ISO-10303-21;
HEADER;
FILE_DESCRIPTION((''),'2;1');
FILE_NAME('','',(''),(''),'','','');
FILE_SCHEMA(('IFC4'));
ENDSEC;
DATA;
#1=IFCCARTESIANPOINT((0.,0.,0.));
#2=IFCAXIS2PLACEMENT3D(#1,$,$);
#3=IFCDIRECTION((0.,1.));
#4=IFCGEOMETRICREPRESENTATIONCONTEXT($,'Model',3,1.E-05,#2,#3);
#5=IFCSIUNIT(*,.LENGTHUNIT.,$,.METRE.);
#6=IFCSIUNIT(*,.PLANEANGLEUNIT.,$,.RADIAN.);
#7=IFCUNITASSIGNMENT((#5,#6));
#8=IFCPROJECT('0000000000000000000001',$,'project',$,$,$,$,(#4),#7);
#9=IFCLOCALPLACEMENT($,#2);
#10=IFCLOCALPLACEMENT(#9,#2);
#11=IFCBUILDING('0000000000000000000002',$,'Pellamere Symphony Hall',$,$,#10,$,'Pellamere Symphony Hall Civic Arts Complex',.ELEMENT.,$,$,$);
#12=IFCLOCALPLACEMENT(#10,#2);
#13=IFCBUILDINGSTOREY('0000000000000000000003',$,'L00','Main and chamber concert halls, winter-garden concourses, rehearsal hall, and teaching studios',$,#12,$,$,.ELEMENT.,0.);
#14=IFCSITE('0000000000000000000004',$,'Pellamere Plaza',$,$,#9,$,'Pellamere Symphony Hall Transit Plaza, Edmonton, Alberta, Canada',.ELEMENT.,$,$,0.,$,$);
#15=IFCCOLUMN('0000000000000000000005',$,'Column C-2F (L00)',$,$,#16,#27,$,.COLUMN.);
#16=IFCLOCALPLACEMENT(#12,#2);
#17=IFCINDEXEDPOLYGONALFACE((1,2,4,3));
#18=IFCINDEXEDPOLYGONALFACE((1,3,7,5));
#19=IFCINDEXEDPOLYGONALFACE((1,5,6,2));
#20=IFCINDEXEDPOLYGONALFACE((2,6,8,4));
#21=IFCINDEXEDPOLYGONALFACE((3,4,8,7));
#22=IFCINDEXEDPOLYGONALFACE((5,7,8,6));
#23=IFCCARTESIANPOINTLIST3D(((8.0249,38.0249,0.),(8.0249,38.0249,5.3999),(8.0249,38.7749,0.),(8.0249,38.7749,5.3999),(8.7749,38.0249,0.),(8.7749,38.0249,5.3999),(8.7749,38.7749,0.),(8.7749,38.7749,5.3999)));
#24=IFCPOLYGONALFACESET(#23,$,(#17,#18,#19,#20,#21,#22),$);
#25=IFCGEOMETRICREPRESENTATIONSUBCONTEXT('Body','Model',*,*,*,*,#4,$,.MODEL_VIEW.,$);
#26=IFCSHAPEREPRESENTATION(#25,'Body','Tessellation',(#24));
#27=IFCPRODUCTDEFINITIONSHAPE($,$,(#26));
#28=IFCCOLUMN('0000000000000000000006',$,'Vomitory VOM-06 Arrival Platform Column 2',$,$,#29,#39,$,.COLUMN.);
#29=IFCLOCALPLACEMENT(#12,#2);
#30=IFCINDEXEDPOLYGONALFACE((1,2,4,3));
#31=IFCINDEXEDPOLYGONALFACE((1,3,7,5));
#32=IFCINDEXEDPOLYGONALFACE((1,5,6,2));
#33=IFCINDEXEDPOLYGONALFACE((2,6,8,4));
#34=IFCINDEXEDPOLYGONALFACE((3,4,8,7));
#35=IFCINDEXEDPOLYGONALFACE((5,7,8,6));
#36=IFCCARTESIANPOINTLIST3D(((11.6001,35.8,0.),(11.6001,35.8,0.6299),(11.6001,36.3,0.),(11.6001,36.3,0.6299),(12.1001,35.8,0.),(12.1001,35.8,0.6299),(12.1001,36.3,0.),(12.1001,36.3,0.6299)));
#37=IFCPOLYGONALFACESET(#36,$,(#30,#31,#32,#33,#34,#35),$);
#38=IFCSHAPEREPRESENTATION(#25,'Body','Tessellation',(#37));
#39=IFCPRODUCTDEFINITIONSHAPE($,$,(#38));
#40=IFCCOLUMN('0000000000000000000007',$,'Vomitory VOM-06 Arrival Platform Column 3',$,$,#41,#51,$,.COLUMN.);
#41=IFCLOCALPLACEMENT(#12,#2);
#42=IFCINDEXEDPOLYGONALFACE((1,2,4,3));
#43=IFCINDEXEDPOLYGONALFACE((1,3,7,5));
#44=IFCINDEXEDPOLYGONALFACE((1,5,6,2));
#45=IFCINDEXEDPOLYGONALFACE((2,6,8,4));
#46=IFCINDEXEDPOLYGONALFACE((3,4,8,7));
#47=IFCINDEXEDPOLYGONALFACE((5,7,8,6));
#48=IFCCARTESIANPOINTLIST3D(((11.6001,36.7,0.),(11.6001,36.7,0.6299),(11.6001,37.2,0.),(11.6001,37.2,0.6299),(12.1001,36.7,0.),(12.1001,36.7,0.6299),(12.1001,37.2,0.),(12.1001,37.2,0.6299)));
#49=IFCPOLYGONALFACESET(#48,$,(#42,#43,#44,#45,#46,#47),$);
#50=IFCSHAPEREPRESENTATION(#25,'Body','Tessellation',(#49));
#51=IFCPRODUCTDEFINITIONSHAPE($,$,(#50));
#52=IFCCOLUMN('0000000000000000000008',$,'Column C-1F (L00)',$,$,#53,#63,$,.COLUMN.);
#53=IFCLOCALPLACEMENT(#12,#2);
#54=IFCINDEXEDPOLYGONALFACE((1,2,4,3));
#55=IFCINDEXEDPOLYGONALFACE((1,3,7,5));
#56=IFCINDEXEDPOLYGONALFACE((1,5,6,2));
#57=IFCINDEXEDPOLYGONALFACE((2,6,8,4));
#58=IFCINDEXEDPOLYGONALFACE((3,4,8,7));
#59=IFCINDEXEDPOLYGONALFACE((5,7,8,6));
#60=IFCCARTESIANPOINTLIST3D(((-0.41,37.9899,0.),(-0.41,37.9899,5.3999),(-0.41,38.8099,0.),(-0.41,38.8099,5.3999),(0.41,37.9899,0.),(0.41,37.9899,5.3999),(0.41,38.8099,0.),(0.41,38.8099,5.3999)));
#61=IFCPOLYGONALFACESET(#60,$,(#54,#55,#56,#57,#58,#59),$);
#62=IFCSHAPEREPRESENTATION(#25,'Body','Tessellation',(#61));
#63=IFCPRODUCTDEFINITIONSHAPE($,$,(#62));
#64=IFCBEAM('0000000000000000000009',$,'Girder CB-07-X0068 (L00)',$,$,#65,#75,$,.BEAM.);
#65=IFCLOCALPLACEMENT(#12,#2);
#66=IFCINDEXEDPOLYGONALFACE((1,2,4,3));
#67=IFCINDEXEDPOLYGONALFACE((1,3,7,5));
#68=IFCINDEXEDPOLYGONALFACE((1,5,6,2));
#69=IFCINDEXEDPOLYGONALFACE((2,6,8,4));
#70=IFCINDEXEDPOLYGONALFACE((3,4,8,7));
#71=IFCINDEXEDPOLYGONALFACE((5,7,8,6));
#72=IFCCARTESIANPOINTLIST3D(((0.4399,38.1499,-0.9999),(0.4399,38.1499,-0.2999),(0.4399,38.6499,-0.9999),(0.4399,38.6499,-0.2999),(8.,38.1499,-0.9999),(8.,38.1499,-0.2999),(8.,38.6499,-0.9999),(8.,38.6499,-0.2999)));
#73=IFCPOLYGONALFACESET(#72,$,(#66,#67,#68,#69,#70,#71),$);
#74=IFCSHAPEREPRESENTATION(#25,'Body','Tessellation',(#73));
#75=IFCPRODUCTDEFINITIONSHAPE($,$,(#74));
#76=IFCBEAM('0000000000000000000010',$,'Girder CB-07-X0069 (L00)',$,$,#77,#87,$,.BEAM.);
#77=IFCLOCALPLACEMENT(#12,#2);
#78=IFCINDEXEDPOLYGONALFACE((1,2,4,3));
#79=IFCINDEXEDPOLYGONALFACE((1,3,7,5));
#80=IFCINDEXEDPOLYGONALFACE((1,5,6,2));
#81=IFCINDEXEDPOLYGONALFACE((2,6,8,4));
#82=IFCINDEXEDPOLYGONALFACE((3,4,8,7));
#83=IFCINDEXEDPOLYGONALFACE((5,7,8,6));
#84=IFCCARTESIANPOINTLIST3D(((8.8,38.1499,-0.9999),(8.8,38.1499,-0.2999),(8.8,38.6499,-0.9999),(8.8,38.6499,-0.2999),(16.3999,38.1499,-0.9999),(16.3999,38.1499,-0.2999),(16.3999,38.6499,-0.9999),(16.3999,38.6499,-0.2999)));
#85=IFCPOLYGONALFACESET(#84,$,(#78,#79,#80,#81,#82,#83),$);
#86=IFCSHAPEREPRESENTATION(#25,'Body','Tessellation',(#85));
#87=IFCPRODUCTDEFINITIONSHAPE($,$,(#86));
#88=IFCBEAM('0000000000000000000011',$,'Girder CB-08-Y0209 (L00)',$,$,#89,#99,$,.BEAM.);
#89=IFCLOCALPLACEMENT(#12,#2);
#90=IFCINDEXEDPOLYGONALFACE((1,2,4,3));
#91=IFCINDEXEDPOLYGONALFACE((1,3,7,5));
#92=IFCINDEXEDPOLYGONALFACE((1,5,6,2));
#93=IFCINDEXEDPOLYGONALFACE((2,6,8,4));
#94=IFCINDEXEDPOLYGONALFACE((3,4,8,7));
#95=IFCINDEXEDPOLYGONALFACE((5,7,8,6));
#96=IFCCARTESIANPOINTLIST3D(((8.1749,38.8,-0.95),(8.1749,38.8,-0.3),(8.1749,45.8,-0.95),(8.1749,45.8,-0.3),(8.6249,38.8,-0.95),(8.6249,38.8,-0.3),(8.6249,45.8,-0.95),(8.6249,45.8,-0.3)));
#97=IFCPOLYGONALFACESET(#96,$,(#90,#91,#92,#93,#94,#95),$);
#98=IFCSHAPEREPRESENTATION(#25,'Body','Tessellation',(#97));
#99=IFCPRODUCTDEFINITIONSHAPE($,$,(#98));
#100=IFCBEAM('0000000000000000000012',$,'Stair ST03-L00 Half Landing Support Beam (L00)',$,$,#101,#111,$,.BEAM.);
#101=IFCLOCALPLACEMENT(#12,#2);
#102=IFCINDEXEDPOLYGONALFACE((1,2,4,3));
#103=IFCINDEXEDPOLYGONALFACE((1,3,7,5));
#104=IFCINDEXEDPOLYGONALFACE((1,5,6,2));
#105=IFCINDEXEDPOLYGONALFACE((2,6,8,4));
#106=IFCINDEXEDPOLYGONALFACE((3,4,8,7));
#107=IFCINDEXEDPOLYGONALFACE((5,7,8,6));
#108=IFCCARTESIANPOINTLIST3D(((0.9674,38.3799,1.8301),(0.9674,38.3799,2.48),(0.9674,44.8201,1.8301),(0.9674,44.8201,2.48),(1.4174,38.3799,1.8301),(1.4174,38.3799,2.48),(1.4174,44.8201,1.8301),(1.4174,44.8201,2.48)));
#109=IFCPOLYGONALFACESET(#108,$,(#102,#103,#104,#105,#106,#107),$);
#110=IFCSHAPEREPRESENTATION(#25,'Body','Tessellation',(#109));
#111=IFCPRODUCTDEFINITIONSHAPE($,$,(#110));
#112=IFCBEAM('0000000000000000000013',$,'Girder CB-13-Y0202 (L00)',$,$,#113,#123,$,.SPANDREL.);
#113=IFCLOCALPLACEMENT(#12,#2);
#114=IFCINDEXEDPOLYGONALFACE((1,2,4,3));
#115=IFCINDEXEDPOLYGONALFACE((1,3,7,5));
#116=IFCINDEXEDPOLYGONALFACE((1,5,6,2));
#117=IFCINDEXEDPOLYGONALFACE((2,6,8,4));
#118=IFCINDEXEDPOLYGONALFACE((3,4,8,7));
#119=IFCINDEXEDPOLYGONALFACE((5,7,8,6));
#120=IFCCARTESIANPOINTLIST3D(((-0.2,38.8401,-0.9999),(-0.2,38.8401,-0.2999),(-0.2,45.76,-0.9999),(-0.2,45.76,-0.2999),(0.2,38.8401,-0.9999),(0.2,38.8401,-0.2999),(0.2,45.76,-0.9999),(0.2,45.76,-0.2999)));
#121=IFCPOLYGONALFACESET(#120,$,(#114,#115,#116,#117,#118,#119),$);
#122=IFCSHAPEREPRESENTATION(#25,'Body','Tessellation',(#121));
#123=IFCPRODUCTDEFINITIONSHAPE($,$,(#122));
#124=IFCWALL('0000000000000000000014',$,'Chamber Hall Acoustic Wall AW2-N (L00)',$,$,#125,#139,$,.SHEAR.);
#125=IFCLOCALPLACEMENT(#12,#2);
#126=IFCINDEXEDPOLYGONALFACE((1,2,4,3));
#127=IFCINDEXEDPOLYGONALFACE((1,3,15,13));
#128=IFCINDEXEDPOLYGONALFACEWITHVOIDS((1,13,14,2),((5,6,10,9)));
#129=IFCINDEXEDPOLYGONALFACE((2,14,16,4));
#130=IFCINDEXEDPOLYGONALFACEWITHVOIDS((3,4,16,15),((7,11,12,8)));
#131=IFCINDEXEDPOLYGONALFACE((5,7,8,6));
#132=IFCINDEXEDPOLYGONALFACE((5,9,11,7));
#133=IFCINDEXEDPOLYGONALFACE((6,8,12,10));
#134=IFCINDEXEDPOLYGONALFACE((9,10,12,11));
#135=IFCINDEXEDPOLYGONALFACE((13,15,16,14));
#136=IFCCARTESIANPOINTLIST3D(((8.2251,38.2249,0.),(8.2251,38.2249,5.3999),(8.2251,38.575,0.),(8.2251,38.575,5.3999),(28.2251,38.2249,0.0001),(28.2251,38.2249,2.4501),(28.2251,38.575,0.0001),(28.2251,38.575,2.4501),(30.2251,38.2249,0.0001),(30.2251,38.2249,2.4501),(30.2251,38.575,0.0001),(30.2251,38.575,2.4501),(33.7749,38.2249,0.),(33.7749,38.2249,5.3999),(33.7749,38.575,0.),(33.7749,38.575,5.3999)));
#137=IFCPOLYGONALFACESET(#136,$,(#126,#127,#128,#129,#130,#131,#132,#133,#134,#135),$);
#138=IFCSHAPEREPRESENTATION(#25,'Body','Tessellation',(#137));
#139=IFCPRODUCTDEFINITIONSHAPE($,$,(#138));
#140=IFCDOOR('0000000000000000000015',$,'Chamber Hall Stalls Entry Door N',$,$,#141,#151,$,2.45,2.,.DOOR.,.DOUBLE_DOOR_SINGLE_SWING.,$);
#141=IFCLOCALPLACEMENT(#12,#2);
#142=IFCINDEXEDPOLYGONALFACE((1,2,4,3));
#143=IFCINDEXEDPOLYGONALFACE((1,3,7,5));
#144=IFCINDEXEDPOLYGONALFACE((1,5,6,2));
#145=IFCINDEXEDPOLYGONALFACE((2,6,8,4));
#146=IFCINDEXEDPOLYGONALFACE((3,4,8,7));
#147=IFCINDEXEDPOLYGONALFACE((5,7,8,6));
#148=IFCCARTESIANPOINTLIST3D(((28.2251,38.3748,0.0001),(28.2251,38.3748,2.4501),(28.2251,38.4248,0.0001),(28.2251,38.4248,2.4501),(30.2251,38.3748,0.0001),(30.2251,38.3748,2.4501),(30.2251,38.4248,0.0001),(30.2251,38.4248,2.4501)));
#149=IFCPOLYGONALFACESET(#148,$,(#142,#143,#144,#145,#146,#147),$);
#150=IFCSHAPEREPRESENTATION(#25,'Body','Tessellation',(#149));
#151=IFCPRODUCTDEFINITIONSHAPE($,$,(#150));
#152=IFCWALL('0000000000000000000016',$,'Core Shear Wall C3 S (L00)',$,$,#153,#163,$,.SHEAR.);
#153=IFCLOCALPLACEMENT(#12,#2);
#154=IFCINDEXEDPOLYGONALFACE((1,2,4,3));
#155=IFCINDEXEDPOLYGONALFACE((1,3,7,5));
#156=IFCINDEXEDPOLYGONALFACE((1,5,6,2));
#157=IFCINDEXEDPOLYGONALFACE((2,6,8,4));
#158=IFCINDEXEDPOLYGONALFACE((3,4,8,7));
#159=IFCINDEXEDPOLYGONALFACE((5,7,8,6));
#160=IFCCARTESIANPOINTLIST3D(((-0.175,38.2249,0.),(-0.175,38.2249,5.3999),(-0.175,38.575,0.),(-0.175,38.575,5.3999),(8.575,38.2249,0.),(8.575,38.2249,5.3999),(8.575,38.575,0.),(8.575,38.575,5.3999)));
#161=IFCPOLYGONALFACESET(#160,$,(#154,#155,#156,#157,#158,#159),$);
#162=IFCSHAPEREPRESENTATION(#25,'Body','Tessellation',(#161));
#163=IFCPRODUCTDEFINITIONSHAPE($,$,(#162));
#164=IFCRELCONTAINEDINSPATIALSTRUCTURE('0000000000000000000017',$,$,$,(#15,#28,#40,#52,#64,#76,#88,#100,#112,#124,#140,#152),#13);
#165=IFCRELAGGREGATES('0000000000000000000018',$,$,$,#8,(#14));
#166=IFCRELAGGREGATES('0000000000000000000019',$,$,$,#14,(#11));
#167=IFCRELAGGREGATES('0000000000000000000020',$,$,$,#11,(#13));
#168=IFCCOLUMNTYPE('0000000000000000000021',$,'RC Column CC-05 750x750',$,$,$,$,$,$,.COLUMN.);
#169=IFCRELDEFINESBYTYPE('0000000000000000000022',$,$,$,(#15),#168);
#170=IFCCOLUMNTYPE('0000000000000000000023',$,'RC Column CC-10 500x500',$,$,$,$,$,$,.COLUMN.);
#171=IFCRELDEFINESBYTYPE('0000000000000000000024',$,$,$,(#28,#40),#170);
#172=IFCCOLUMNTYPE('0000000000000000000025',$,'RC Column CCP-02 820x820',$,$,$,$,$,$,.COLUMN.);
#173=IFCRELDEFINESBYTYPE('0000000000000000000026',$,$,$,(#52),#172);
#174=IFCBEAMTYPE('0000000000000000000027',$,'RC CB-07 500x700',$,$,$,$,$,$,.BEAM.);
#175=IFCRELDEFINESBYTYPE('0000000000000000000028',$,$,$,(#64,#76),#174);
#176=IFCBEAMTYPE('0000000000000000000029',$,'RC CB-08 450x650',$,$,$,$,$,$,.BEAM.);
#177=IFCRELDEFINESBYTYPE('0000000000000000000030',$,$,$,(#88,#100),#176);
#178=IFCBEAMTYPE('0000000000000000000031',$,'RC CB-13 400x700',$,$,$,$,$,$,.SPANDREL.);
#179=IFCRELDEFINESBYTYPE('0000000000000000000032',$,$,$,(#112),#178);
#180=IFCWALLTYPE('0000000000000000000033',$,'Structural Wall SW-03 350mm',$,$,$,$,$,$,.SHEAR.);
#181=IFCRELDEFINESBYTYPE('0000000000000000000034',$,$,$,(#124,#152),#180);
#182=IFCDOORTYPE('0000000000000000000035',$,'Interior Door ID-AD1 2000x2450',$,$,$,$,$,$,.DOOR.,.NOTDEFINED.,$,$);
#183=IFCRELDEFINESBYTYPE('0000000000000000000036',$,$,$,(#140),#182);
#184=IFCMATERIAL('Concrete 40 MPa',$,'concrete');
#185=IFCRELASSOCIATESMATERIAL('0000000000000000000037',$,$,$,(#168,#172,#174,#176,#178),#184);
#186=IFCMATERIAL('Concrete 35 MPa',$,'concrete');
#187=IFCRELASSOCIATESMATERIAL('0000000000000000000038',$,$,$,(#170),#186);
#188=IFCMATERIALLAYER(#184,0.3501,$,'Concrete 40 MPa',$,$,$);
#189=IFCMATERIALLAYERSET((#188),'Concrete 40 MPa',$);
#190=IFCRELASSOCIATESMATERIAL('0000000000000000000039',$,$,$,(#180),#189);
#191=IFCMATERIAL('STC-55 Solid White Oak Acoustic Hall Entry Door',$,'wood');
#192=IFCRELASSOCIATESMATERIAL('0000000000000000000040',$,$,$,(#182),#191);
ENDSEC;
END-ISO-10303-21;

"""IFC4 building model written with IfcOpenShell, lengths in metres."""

from ifc_helpers import new_model, si_unit, direction, frame, frame_2d, origin, origin_2d, place, context, subcontext, project, spatial, rectangle, extrude, material, layer, layer_set, material_profile, profile_set, type_object, element, fill, save


model = new_model("IFC4")

# Units and contexts
model_context = context("Model", 3, precision=1e-05, world=origin(), true_north=direction((0.0, 1.0)))
body_context = subcontext(model_context, "Body", "Model", "MODEL_VIEW")
ifc_project = project(units=[si_unit("LENGTHUNIT", "METRE"), si_unit("PLANEANGLEUNIT", "RADIAN")], contexts=[model_context])

# Site, building, storey
site_placement = place(None, origin())
site = spatial("IfcSite", under=ifc_project, at=site_placement, Name="Pellamere Plaza", LongName="Pellamere Symphony Hall Transit Plaza, Edmonton, Alberta, Canada", CompositionType="ELEMENT", RefElevation=0.0)
building_placement = place(site_placement, origin())
building = spatial("IfcBuilding", under=site, at=building_placement, Name="Pellamere Symphony Hall", LongName="Pellamere Symphony Hall Civic Arts Complex", CompositionType="ELEMENT")
storey_placement = place(building_placement, origin())
storey = spatial("IfcBuildingStorey", under=building, at=storey_placement, Name="L00", Description="Main and chamber concert halls, winter-garden concourses, rehearsal hall, and teaching studios", CompositionType="ELEMENT", Elevation=0.0)

# Columns
ifc_material_1 = material(Name="Concrete 40 MPa", Category="concrete")
ifc_material_profile_1 = material_profile(ifc_material_1, rectangle(XDim=0.75, YDim=0.75, at=origin_2d()), Name="RC 750x750")
ifc_profile_set_1 = profile_set([ifc_material_profile_1], Name="Concrete 40 MPa")
column_type_1 = type_object("IfcColumnType", Name="RC Column CC-05 750x750", PredefinedType="COLUMN", material=ifc_profile_set_1)
column_1_placement = place(storey_placement, frame((8.3999, 38.3999, 0.0), z_axis=(0.0, 0.0, 1.0), x_axis=(1.0, 0.0, 0.0)))
element("IfcColumn", 1, at=column_1_placement, inside=storey, type_object=column_type_1, Name="Column C-2F (L00)", PredefinedType="COLUMN", context=body_context, shape_type="SweptSolid", body=[
    extrude(rectangle(XDim=0.75, YDim=0.75, at=origin_2d()), origin(), (0.0, 0.0, 1.0), 5.3999),
])
ifc_material_2 = material(Name="Concrete 35 MPa", Category="concrete")
ifc_material_profile_2 = material_profile(ifc_material_2, rectangle(XDim=0.5, YDim=0.5, at=origin_2d()), Name="RC 500x500")
ifc_profile_set_2 = profile_set([ifc_material_profile_2], Name="Concrete 35 MPa")
column_type_2 = type_object("IfcColumnType", Name="RC Column CC-10 500x500", PredefinedType="COLUMN", material=ifc_profile_set_2)
for number, where, z_axis, x_axis, name in (
    (2, (11.8501, 36.05, 0.0), (0.0, 0.0, 1.0), (1.0, 0.0, 0.0), "Vomitory VOM-06 Arrival Platform Column 2"),
    (3, (11.8501, 36.95, 0.0), (0.0, 0.0, 1.0), (1.0, 0.0, 0.0), "Vomitory VOM-06 Arrival Platform Column 3"),
):
    element("IfcColumn", number, at=place(storey_placement, frame(where, z_axis=z_axis, x_axis=x_axis)), inside=storey, type_object=column_type_2, Name=name, PredefinedType="COLUMN", context=body_context, shape_type="SweptSolid", body=[
        extrude(rectangle(XDim=0.5, YDim=0.5, at=origin_2d()), origin(), (0.0, 0.0, 1.0), 0.6299),
    ])
ifc_material_profile_3 = material_profile(ifc_material_1, rectangle(XDim=0.8201, YDim=0.8201, at=origin_2d()), Name="RC 820x820")
ifc_profile_set_3 = profile_set([ifc_material_profile_3], Name="Concrete 40 MPa")
column_type_3 = type_object("IfcColumnType", Name="RC Column CCP-02 820x820", PredefinedType="COLUMN", material=ifc_profile_set_3)
column_2_placement = place(storey_placement, frame((0.0, 38.3999, 0.0), z_axis=(0.0, 0.0, 1.0), x_axis=(1.0, 0.0, 0.0)))
element("IfcColumn", 4, at=column_2_placement, inside=storey, type_object=column_type_3, Name="Column C-1F (L00)", PredefinedType="COLUMN", context=body_context, shape_type="SweptSolid", body=[
    extrude(rectangle(XDim=0.8201, YDim=0.8201, at=origin_2d()), origin(), (0.0, 0.0, 1.0), 5.3999),
])

# Beams
ifc_material_profile_4 = material_profile(ifc_material_1, rectangle(XDim=0.5, YDim=0.7, at=origin_2d()), Name="RC 500x700")
ifc_profile_set_4 = profile_set([ifc_material_profile_4], Name="Concrete 40 MPa")
beam_type_1 = type_object("IfcBeamType", Name="RC CB-07 500x700", PredefinedType="BEAM", material=ifc_profile_set_4)
beam_1_placement = place(storey_placement, frame((0.4399, 38.3999, -0.6499), z_axis=(1.0, 0.0, 0.0), x_axis=(0.0, 1.0, 0.0)))
element("IfcBeam", 5, at=beam_1_placement, inside=storey, type_object=beam_type_1, Name="Girder CB-07-X0068 (L00)", PredefinedType="BEAM", context=body_context, shape_type="SweptSolid", body=[
    extrude(rectangle(XDim=0.5, YDim=0.7, at=origin_2d()), origin(), (0.0, 0.0, 1.0), 7.5601),
])
beam_2_placement = place(storey_placement, frame((8.8, 38.3999, -0.6499), z_axis=(1.0, 0.0, 0.0), x_axis=(0.0, 1.0, 0.0)))
element("IfcBeam", 6, at=beam_2_placement, inside=storey, type_object=beam_type_1, Name="Girder CB-07-X0069 (L00)", PredefinedType="BEAM", context=body_context, shape_type="SweptSolid", body=[
    extrude(rectangle(XDim=0.5, YDim=0.7, at=origin_2d()), origin(), (0.0, 0.0, 1.0), 7.5999),
])
ifc_material_profile_5 = material_profile(ifc_material_1, rectangle(XDim=0.45, YDim=0.6499, at=origin_2d()), Name="RC 450x650")
ifc_profile_set_5 = profile_set([ifc_material_profile_5], Name="Concrete 40 MPa")
beam_type_2 = type_object("IfcBeamType", Name="RC CB-08 450x650", PredefinedType="BEAM", material=ifc_profile_set_5)
beam_3_placement = place(storey_placement, frame((8.3999, 38.8, -0.625), z_axis=(0.0, 1.0, 0.0), x_axis=(-1.0, 0.0, 0.0)))
element("IfcBeam", 7, at=beam_3_placement, inside=storey, type_object=beam_type_2, Name="Girder CB-08-Y0209 (L00)", PredefinedType="BEAM", context=body_context, shape_type="SweptSolid", body=[
    extrude(rectangle(XDim=0.45, YDim=0.6499, at=origin_2d()), origin(), (0.0, 0.0, 1.0), 7.0),
])
beam_4_placement = place(storey_placement, frame((1.1924, 38.3799, 2.155), z_axis=(0.0, 1.0, 0.0), x_axis=(-1.0, 0.0, 0.0)))
element("IfcBeam", 8, at=beam_4_placement, inside=storey, type_object=beam_type_2, Name="Stair ST03-L00 Half Landing Support Beam (L00)", PredefinedType="BEAM", context=body_context, shape_type="SweptSolid", body=[
    extrude(rectangle(XDim=0.45, YDim=0.6499, at=origin_2d()), origin(), (0.0, 0.0, 1.0), 6.4402),
])
ifc_material_profile_6 = material_profile(ifc_material_1, rectangle(XDim=0.3999, YDim=0.7, at=origin_2d()), Name="RC 400x700")
ifc_profile_set_6 = profile_set([ifc_material_profile_6], Name="Concrete 40 MPa")
beam_type_3 = type_object("IfcBeamType", Name="RC CB-13 400x700", PredefinedType="SPANDREL", material=ifc_profile_set_6)
beam_5_placement = place(storey_placement, frame((0.0, 38.8401, -0.6499), z_axis=(0.0, 1.0, 0.0), x_axis=(-1.0, 0.0, 0.0)))
element("IfcBeam", 9, at=beam_5_placement, inside=storey, type_object=beam_type_3, Name="Girder CB-13-Y0202 (L00)", PredefinedType="SPANDREL", context=body_context, shape_type="SweptSolid", body=[
    extrude(rectangle(XDim=0.3999, YDim=0.7, at=origin_2d()), origin(), (0.0, 0.0, 1.0), 6.9199),
])

# Wall, opening, door
ifc_layer_1 = layer(ifc_material_1, 0.3501, Name="Concrete 40 MPa")
ifc_layer_set_1 = layer_set([ifc_layer_1], Name="Concrete 40 MPa")
wall_type_1 = type_object("IfcWallType", Name="Structural Wall SW-03 350mm", PredefinedType="SHEAR", material=ifc_layer_set_1)
wall_1_placement = place(storey_placement, frame((8.2251, 38.3999, 0.0), z_axis=(0.0, 0.0, 1.0), x_axis=(1.0, 0.0, 0.0)))
wall_1 = element("IfcWall", 10, at=wall_1_placement, inside=storey, type_object=wall_type_1, Name="Chamber Hall Acoustic Wall AW2-N (L00)", PredefinedType="SHEAR", context=body_context, shape_type="SweptSolid", body=[
    extrude(rectangle(XDim=25.5498, YDim=0.3501, at=frame_2d((12.7749, 0.0))), origin(), (0.0, 0.0, 1.0), 5.3999),
])
opening_1_placement = place(wall_1_placement, frame((20.0, 0.0, 0.0)))
opening_1 = element("IfcOpeningElement", 11, at=opening_1_placement, cuts=wall_1, PredefinedType="OPENING", context=body_context, shape_type="SweptSolid", body=[
    extrude(rectangle(XDim=2.0, YDim=2.45, at=frame_2d((1.0, 1.2251))), frame((0.0, 0.1851, 0.0), z_axis=(0.0, -1.0, 0.0), x_axis=(1.0, 0.0, 0.0)), (0.0, 0.0, 1.0), 0.3701),
])
ifc_material_3 = material(Name="STC-55 Solid White Oak Acoustic Hall Entry Door", Category="wood")
door_type_1 = type_object("IfcDoorType", Name="Interior Door ID-AD1 2000x2450", OperationType="NOTDEFINED", PredefinedType="DOOR", material=ifc_material_3)
door_1_placement = place(opening_1_placement, origin())
door_1 = element("IfcDoor", 12, at=door_1_placement, inside=storey, type_object=door_type_1, Name="Chamber Hall Stalls Entry Door N", OperationType="DOUBLE_DOOR_SINGLE_SWING", OverallHeight=2.45, OverallWidth=2.0, PredefinedType="DOOR", context=body_context, shape_type="SweptSolid", body=[
    extrude(rectangle(XDim=2.0, YDim=2.45, at=frame_2d((1.0, 1.2251))), frame((0.0, 0.0249, 0.0), z_axis=(0.0, -1.0, 0.0), x_axis=(1.0, 0.0, 0.0)), (0.0, 0.0, 1.0), 0.05),
])
fill(opening_1, door_1)

# Wall
wall_2_placement = place(storey_placement, frame((-0.175, 38.3999, 0.0), z_axis=(0.0, 0.0, 1.0), x_axis=(1.0, 0.0, 0.0)))
element("IfcWall", 13, at=wall_2_placement, inside=storey, type_object=wall_type_1, Name="Core Shear Wall C3 S (L00)", PredefinedType="SHEAR", context=body_context, shape_type="SweptSolid", body=[
    extrude(rectangle(XDim=8.75, YDim=0.3501, at=frame_2d((4.375, 0.0))), origin(), (0.0, 0.0, 1.0), 5.3999),
])

save(model, "model.ifc")
